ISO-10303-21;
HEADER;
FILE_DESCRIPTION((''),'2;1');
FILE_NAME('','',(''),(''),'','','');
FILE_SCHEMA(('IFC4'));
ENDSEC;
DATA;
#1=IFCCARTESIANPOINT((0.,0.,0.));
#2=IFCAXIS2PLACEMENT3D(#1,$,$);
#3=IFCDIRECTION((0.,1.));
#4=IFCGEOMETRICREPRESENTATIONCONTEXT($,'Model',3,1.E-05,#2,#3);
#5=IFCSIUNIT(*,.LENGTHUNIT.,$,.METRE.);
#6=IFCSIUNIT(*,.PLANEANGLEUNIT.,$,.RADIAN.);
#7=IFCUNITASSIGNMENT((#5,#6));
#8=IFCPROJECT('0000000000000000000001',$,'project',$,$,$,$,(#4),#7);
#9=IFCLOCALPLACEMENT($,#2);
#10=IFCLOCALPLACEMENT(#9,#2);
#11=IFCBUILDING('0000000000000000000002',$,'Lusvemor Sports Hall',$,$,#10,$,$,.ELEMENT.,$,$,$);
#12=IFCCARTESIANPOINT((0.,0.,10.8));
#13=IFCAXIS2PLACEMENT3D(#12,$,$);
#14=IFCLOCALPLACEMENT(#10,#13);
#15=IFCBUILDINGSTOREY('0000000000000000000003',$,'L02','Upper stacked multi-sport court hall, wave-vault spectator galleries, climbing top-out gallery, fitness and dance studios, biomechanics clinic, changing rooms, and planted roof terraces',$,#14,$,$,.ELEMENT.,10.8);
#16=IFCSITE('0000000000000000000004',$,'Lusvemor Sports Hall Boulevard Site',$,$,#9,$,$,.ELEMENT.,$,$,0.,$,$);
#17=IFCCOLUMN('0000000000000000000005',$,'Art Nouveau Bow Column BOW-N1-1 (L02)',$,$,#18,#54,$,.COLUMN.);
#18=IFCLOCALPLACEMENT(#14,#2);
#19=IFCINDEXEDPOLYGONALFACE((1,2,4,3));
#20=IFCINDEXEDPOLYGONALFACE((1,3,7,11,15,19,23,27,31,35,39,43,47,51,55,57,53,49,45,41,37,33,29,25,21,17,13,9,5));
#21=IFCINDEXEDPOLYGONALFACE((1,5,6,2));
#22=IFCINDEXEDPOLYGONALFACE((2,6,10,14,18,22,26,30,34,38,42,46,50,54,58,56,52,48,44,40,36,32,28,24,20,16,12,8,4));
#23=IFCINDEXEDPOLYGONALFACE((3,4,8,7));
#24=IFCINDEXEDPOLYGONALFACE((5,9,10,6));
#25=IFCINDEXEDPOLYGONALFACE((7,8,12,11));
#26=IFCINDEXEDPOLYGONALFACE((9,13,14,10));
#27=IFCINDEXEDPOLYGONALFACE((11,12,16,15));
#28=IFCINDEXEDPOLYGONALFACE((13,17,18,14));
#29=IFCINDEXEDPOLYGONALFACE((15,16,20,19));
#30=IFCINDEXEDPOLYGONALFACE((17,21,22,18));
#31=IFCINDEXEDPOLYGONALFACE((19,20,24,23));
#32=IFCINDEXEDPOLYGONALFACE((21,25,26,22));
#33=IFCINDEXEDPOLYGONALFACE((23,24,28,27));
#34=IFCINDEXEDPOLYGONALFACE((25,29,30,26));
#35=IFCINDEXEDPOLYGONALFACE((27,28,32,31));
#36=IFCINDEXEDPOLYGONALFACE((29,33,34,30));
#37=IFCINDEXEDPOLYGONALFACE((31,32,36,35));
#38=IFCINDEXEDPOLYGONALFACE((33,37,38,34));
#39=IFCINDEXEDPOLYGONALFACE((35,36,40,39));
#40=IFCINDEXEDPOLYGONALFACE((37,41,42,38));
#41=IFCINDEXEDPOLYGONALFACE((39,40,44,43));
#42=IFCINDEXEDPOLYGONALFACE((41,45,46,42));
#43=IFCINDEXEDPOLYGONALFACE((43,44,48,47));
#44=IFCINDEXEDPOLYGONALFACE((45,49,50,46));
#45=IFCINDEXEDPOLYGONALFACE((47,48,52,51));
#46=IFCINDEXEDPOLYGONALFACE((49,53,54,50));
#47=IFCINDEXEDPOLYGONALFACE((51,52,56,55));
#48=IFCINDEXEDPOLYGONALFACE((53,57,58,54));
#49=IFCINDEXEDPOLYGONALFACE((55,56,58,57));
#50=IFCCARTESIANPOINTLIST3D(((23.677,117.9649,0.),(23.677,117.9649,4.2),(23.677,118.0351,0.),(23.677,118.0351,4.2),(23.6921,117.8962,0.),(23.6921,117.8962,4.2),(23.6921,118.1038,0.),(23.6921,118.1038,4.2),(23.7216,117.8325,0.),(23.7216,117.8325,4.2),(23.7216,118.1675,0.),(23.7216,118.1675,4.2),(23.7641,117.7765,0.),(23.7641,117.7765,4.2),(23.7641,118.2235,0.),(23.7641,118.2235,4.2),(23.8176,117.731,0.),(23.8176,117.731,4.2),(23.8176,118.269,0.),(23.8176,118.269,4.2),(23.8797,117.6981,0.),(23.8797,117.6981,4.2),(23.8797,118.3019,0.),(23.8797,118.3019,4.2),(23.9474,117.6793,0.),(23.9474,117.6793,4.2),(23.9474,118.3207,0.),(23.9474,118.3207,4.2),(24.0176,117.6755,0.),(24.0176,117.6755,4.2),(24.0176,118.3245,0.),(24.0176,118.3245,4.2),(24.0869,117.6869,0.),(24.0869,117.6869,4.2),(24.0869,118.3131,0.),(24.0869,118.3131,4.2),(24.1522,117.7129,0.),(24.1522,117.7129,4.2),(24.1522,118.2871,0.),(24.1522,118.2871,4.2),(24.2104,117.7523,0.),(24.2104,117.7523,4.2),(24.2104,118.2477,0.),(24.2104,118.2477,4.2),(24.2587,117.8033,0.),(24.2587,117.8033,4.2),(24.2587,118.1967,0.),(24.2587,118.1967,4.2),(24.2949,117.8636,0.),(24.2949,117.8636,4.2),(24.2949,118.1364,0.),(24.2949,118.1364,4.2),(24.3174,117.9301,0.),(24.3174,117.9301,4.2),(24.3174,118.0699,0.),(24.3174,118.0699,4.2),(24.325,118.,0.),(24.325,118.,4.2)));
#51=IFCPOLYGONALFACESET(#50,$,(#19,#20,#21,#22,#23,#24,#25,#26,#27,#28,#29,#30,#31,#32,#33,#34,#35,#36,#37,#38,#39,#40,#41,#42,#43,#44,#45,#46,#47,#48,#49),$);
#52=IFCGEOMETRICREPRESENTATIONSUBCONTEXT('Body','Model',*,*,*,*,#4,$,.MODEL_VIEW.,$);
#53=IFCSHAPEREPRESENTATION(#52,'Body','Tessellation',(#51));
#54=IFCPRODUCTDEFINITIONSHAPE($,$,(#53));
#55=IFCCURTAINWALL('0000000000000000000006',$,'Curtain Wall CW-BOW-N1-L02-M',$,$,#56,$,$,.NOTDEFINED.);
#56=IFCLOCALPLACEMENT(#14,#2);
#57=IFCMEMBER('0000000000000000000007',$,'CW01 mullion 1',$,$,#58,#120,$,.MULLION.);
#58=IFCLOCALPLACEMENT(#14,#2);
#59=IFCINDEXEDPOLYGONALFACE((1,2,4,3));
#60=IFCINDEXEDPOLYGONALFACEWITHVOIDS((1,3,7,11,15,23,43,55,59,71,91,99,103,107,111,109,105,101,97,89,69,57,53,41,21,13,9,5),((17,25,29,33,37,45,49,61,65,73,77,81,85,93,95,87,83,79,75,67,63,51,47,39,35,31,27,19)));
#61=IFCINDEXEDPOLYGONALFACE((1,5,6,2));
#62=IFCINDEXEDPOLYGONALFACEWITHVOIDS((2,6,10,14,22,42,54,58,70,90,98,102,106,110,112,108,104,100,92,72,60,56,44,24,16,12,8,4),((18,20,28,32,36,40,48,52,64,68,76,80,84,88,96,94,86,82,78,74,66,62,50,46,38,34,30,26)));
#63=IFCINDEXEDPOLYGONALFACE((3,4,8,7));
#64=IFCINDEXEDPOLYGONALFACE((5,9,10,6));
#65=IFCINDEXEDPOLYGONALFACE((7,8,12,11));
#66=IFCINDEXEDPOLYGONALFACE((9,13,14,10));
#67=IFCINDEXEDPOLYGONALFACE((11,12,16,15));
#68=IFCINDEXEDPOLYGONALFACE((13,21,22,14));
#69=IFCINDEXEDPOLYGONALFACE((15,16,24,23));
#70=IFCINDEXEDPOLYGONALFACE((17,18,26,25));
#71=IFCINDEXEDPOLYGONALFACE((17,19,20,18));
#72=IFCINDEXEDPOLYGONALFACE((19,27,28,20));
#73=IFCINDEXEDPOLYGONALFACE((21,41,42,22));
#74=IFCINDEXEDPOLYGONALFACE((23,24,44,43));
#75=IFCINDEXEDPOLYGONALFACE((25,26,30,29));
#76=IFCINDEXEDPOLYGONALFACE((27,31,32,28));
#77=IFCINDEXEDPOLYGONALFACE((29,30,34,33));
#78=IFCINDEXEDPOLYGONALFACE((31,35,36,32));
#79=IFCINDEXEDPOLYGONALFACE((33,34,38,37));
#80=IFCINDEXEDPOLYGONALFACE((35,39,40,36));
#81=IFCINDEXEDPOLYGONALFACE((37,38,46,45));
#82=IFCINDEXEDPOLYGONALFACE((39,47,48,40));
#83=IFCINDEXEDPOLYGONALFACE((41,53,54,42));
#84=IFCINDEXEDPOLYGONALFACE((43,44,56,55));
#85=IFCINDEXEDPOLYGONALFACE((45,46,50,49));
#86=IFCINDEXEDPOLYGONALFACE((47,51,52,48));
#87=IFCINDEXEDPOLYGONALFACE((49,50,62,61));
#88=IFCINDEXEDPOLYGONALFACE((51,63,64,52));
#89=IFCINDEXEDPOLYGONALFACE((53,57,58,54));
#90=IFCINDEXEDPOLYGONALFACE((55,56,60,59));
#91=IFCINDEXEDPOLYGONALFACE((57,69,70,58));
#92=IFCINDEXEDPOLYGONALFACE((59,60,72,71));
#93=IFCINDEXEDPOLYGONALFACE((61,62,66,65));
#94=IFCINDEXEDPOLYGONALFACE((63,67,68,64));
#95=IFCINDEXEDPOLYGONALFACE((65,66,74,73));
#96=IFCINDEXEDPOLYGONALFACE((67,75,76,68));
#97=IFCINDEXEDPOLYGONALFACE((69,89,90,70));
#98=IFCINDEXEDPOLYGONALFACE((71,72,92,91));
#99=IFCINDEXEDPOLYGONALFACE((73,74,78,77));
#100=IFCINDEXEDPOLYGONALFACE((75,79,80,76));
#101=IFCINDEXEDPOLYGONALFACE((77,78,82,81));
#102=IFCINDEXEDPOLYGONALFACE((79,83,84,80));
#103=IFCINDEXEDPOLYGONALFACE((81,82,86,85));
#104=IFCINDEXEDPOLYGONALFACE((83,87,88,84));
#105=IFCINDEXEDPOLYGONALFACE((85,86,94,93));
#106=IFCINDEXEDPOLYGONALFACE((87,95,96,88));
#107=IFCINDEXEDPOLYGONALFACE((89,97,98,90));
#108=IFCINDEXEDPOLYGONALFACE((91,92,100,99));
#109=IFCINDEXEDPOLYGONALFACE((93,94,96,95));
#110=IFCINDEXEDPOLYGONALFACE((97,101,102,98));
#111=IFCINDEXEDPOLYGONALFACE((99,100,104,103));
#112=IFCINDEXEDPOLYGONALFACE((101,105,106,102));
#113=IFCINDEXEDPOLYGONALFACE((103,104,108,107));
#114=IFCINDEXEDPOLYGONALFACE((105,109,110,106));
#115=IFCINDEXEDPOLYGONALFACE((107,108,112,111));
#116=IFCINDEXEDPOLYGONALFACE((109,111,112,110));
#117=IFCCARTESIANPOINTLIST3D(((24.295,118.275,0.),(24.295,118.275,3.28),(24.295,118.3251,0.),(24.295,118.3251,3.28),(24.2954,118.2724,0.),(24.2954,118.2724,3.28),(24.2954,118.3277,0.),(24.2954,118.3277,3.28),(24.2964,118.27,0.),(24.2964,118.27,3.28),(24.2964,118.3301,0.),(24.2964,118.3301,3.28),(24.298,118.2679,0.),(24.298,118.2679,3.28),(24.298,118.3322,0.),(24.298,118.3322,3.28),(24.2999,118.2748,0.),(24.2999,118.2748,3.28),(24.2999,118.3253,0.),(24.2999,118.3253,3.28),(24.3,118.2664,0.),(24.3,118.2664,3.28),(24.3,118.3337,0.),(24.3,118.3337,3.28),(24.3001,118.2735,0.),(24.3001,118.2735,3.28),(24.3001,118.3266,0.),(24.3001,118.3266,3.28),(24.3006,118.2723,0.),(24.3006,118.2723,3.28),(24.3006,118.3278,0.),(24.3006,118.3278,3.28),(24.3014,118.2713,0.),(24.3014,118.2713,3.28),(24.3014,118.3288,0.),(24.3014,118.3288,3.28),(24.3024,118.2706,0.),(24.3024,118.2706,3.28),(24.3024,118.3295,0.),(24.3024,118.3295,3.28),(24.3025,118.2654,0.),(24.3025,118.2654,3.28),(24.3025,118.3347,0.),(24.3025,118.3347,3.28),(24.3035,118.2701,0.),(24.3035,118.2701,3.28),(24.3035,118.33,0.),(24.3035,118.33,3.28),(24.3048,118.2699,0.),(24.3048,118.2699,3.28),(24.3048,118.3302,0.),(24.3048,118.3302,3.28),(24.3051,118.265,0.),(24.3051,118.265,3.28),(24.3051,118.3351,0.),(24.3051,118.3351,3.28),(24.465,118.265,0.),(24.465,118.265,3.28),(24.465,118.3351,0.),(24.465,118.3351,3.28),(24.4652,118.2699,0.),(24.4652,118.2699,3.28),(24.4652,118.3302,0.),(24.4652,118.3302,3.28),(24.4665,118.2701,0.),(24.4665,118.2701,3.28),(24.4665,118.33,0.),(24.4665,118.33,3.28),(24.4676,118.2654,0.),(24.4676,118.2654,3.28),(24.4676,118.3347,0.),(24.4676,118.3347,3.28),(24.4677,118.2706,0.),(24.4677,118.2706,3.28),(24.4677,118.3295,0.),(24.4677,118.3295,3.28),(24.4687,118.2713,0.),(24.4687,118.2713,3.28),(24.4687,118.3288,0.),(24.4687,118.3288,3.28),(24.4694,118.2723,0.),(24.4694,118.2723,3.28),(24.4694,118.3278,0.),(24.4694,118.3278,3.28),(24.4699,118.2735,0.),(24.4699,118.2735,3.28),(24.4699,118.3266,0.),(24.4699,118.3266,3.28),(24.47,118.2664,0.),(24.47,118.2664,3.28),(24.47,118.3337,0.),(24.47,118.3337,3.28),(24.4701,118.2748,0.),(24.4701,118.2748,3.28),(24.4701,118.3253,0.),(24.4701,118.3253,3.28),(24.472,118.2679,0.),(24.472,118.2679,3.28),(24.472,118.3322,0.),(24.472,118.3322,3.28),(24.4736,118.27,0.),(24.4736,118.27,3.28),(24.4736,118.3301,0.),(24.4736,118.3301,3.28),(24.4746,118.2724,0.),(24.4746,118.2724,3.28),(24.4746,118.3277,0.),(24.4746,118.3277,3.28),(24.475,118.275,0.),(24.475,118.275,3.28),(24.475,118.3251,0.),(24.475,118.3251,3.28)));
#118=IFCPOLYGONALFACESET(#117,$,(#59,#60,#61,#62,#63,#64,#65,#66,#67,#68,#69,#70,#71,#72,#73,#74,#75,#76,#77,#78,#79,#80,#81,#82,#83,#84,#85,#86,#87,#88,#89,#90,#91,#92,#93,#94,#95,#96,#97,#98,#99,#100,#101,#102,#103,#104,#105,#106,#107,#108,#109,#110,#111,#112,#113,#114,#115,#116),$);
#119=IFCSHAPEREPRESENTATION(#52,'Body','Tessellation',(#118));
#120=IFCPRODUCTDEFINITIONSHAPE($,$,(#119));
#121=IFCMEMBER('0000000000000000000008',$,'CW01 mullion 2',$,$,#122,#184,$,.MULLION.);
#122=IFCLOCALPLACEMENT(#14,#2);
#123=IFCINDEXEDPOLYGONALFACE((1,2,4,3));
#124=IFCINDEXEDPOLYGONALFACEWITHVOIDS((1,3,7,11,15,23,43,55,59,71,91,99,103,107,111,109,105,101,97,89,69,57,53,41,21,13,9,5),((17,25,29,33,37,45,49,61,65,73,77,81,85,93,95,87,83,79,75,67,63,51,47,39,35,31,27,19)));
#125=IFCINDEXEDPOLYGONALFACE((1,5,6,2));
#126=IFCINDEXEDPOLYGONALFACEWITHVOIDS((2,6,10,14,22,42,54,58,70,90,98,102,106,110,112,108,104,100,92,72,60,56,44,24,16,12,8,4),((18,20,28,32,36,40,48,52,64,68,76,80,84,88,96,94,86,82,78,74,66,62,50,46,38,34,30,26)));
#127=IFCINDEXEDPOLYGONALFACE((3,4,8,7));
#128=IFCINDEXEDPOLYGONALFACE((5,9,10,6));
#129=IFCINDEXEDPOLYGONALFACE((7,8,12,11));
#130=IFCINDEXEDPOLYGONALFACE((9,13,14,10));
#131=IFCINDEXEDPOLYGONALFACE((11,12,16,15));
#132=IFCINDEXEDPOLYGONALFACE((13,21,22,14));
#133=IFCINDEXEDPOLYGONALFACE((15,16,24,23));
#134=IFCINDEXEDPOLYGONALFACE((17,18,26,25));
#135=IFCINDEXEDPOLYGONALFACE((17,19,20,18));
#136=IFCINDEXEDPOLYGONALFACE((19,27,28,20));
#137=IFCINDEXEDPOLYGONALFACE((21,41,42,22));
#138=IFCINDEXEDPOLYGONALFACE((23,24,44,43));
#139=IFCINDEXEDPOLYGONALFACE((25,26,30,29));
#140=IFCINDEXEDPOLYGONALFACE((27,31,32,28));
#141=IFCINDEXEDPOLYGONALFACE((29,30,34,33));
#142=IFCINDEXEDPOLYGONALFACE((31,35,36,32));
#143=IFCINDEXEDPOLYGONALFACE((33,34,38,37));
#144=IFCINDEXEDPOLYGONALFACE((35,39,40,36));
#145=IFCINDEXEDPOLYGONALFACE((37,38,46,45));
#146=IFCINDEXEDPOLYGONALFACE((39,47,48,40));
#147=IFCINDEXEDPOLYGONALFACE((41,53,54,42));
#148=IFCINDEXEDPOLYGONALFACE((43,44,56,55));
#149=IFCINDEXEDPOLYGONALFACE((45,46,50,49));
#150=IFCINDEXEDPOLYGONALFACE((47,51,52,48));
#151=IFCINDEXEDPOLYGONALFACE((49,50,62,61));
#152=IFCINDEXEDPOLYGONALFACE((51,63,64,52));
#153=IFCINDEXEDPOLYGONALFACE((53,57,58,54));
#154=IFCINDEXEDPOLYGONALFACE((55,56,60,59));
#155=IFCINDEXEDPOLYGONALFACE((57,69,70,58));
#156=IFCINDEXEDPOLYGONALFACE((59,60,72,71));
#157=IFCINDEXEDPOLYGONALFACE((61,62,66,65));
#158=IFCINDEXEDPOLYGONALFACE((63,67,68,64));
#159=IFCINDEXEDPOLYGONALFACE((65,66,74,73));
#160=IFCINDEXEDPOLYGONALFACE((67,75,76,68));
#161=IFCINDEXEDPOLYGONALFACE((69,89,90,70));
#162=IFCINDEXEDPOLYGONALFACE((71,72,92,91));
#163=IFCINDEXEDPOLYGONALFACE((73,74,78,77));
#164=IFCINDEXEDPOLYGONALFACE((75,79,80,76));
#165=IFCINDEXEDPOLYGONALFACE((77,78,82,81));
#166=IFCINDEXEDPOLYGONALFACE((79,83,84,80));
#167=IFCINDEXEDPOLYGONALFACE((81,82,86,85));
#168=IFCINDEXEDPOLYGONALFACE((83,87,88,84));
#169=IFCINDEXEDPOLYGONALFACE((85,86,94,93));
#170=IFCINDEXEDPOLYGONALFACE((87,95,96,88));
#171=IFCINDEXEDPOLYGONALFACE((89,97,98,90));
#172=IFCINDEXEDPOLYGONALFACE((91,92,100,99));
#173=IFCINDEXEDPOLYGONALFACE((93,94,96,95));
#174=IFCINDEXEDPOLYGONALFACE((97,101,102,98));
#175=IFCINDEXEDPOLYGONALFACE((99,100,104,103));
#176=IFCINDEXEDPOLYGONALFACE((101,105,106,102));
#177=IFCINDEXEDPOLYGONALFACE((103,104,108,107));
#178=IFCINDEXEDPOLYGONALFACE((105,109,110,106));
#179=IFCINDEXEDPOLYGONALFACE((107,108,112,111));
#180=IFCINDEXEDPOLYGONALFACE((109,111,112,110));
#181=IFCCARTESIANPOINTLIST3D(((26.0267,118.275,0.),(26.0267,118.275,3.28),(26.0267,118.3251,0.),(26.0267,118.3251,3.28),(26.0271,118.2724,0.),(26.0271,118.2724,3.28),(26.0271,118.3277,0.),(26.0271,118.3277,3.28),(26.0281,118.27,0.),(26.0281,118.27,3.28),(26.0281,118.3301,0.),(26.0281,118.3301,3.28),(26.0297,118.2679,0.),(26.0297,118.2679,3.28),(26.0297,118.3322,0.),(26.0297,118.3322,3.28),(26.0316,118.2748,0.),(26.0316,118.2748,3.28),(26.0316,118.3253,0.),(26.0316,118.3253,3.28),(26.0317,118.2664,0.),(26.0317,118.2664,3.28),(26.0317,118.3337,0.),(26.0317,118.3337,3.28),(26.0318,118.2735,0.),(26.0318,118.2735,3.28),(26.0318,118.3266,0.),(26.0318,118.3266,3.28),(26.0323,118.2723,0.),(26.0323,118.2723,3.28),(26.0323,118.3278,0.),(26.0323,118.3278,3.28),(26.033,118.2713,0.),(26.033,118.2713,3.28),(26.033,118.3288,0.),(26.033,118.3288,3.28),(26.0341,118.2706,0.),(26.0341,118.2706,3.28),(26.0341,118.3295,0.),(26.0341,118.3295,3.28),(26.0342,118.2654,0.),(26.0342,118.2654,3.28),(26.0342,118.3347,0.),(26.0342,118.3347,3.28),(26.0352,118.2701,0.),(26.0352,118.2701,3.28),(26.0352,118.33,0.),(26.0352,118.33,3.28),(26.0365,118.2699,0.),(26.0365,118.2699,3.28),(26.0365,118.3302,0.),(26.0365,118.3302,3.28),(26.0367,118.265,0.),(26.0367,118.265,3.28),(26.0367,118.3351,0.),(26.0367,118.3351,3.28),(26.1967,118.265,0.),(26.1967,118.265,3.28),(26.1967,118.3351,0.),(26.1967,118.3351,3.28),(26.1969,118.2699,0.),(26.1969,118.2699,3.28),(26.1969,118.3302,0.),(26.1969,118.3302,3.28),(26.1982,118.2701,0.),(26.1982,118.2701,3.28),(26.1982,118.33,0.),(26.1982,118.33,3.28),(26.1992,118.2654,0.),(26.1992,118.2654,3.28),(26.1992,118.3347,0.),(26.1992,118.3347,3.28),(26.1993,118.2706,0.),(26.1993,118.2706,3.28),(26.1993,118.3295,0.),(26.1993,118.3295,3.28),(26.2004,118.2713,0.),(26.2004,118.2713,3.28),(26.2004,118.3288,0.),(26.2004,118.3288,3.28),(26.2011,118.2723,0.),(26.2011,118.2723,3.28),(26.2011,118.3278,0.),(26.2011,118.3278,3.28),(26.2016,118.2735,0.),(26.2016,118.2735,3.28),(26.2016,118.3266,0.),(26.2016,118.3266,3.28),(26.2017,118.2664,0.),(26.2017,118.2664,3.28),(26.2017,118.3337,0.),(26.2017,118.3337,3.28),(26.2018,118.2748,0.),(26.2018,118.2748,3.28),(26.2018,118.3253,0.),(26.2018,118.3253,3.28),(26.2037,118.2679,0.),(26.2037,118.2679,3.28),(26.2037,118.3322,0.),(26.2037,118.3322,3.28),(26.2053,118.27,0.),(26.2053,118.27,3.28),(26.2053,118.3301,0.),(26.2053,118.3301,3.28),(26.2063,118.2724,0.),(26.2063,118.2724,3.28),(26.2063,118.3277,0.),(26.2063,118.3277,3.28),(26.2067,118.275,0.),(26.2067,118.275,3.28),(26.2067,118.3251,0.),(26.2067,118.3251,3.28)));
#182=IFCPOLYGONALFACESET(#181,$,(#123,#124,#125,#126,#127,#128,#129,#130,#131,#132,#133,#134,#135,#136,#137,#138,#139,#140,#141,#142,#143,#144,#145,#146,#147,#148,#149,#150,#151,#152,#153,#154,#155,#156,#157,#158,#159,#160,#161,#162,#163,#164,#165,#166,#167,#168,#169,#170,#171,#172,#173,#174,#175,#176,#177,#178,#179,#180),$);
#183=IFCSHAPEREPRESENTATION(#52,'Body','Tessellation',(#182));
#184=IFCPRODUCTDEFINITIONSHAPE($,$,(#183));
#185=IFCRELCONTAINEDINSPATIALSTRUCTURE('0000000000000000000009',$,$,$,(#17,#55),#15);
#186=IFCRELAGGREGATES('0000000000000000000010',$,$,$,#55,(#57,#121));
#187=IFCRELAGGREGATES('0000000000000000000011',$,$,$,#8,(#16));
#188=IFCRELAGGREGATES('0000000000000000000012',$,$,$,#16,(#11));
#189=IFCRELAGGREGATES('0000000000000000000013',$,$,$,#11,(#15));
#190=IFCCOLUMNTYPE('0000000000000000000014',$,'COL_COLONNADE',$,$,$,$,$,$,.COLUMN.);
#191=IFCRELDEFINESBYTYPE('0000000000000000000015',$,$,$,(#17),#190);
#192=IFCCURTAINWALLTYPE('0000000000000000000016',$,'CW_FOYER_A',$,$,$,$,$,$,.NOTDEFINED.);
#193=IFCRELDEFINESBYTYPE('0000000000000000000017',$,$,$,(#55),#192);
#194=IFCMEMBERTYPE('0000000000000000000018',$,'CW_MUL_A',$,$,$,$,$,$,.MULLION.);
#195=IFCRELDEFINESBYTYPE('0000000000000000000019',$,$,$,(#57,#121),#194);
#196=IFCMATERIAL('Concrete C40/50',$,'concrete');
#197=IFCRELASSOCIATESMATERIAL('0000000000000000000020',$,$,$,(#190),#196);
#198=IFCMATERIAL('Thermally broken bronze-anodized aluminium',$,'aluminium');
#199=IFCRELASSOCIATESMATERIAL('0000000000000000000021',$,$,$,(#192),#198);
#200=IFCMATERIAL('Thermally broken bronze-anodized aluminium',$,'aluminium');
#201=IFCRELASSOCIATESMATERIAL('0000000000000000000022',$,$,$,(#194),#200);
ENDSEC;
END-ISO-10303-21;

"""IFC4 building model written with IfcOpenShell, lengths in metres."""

from ifc_helpers import new_model, si_unit, direction, frame, origin, origin_2d, place, context, subcontext, project, spatial, hollow_rectangle, circle, extrude, material, material_profile, profile_set, type_object, element, aggregate, save


model = new_model("IFC4")

# Units and contexts
model_context = context("Model", 3, precision=1e-05, world=origin(), true_north=direction((0.0, 1.0)))
body_context = subcontext(model_context, "Body", "Model", "MODEL_VIEW")
ifc_project = project(units=[si_unit("LENGTHUNIT", "METRE"), si_unit("PLANEANGLEUNIT", "RADIAN")], contexts=[model_context])

# Site, building, storey
site_placement = place(None, origin())
site = spatial("IfcSite", under=ifc_project, at=site_placement, Name="Lusvemor Sports Hall Boulevard Site", CompositionType="ELEMENT", RefElevation=0.0)
building_placement = place(site_placement, origin())
building = spatial("IfcBuilding", under=site, at=building_placement, Name="Lusvemor Sports Hall", CompositionType="ELEMENT")
storey_placement = place(building_placement, frame((0.0, 0.0, 10.8)))
storey = spatial("IfcBuildingStorey", under=building, at=storey_placement, Name="L02", Description="Upper stacked multi-sport court hall, wave-vault spectator galleries, climbing top-out gallery, fitness and dance studios, biomechanics clinic, changing rooms, and planted roof terraces", CompositionType="ELEMENT", Elevation=10.8)

# Column
ifc_material_1 = material(Name="Concrete C40/50", Category="concrete")
ifc_material_profile_1 = material_profile(ifc_material_1, circle(Radius=0.325, at=origin_2d()), Name="RCCIRC650")
ifc_profile_set_1 = profile_set([ifc_material_profile_1], Name="Concrete C40/50")
column_type = type_object("IfcColumnType", Name="COL_COLONNADE", PredefinedType="COLUMN", material=ifc_profile_set_1)
column_placement = place(storey_placement, frame((24.0, 118.0, 0.0), z_axis=(0.0, 0.0, 1.0), x_axis=(1.0, 0.0, 0.0)))
element("IfcColumn", 1, at=column_placement, inside=storey, type_object=column_type, Name="Art Nouveau Bow Column BOW-N1-1 (L02)", PredefinedType="COLUMN", context=body_context, shape_type="SweptSolid", body=[
    extrude(circle(Radius=0.325, at=origin_2d()), origin(), (0.0, 0.0, 1.0), 4.2),
])

# Curtain wall, members
ifc_material_2 = material(Name="Thermally broken bronze-anodized aluminium", Category="aluminium")
curtain_wall_type_1 = type_object("IfcCurtainWallType", Name="CW_FOYER_A", PredefinedType="NOTDEFINED", material=ifc_material_2)
curtain_wall_1_placement = place(storey_placement, origin())
curtain_wall_1 = element("IfcCurtainWall", 2, at=curtain_wall_1_placement, inside=storey, type_object=curtain_wall_type_1, Name="Curtain Wall CW-BOW-N1-L02-M", PredefinedType="NOTDEFINED")
ifc_material_3 = material(Name="Thermally broken bronze-anodized aluminium", Category="aluminium")
ifc_material_profile_2 = material_profile(ifc_material_3, hollow_rectangle(XDim=0.0701, YDim=0.1799, WallThickness=0.0049, InnerFilletRadius=0.0049, OuterFilletRadius=0.01, at=origin_2d()), Name="CWMUL180x70x5")
ifc_profile_set_2 = profile_set([ifc_material_profile_2], Name="Thermally broken bronze-anodized aluminium")
member_type_1 = type_object("IfcMemberType", Name="CW_MUL_A", PredefinedType="MULLION", material=ifc_profile_set_2)
member_1_placement = place(storey_placement, frame((24.385, 118.3, 0.0), z_axis=(0.0, 0.0, 1.0), x_axis=(0.0, 1.0, 0.0)))
member_1 = element("IfcMember", 3, at=member_1_placement, type_object=member_type_1, Name="CW01 mullion 1", PredefinedType="MULLION", context=body_context, shape_type="SweptSolid", body=[
    extrude(hollow_rectangle(XDim=0.0701, YDim=0.1799, WallThickness=0.0049, InnerFilletRadius=0.0049, OuterFilletRadius=0.01, at=origin_2d()), origin(), (0.0, 0.0, 1.0), 3.28),
])
member_2_placement = place(storey_placement, frame((26.1167, 118.3, 0.0), z_axis=(0.0, 0.0, 1.0), x_axis=(0.0, 1.0, 0.0)))
member_2 = element("IfcMember", 4, at=member_2_placement, type_object=member_type_1, Name="CW01 mullion 2", PredefinedType="MULLION", context=body_context, shape_type="SweptSolid", body=[
    extrude(hollow_rectangle(XDim=0.0701, YDim=0.1799, WallThickness=0.0049, InnerFilletRadius=0.0049, OuterFilletRadius=0.01, at=origin_2d()), origin(), (0.0, 0.0, 1.0), 3.28),
])

aggregate(curtain_wall_1, [member_1, member_2])

save(model, "model.ifc")
